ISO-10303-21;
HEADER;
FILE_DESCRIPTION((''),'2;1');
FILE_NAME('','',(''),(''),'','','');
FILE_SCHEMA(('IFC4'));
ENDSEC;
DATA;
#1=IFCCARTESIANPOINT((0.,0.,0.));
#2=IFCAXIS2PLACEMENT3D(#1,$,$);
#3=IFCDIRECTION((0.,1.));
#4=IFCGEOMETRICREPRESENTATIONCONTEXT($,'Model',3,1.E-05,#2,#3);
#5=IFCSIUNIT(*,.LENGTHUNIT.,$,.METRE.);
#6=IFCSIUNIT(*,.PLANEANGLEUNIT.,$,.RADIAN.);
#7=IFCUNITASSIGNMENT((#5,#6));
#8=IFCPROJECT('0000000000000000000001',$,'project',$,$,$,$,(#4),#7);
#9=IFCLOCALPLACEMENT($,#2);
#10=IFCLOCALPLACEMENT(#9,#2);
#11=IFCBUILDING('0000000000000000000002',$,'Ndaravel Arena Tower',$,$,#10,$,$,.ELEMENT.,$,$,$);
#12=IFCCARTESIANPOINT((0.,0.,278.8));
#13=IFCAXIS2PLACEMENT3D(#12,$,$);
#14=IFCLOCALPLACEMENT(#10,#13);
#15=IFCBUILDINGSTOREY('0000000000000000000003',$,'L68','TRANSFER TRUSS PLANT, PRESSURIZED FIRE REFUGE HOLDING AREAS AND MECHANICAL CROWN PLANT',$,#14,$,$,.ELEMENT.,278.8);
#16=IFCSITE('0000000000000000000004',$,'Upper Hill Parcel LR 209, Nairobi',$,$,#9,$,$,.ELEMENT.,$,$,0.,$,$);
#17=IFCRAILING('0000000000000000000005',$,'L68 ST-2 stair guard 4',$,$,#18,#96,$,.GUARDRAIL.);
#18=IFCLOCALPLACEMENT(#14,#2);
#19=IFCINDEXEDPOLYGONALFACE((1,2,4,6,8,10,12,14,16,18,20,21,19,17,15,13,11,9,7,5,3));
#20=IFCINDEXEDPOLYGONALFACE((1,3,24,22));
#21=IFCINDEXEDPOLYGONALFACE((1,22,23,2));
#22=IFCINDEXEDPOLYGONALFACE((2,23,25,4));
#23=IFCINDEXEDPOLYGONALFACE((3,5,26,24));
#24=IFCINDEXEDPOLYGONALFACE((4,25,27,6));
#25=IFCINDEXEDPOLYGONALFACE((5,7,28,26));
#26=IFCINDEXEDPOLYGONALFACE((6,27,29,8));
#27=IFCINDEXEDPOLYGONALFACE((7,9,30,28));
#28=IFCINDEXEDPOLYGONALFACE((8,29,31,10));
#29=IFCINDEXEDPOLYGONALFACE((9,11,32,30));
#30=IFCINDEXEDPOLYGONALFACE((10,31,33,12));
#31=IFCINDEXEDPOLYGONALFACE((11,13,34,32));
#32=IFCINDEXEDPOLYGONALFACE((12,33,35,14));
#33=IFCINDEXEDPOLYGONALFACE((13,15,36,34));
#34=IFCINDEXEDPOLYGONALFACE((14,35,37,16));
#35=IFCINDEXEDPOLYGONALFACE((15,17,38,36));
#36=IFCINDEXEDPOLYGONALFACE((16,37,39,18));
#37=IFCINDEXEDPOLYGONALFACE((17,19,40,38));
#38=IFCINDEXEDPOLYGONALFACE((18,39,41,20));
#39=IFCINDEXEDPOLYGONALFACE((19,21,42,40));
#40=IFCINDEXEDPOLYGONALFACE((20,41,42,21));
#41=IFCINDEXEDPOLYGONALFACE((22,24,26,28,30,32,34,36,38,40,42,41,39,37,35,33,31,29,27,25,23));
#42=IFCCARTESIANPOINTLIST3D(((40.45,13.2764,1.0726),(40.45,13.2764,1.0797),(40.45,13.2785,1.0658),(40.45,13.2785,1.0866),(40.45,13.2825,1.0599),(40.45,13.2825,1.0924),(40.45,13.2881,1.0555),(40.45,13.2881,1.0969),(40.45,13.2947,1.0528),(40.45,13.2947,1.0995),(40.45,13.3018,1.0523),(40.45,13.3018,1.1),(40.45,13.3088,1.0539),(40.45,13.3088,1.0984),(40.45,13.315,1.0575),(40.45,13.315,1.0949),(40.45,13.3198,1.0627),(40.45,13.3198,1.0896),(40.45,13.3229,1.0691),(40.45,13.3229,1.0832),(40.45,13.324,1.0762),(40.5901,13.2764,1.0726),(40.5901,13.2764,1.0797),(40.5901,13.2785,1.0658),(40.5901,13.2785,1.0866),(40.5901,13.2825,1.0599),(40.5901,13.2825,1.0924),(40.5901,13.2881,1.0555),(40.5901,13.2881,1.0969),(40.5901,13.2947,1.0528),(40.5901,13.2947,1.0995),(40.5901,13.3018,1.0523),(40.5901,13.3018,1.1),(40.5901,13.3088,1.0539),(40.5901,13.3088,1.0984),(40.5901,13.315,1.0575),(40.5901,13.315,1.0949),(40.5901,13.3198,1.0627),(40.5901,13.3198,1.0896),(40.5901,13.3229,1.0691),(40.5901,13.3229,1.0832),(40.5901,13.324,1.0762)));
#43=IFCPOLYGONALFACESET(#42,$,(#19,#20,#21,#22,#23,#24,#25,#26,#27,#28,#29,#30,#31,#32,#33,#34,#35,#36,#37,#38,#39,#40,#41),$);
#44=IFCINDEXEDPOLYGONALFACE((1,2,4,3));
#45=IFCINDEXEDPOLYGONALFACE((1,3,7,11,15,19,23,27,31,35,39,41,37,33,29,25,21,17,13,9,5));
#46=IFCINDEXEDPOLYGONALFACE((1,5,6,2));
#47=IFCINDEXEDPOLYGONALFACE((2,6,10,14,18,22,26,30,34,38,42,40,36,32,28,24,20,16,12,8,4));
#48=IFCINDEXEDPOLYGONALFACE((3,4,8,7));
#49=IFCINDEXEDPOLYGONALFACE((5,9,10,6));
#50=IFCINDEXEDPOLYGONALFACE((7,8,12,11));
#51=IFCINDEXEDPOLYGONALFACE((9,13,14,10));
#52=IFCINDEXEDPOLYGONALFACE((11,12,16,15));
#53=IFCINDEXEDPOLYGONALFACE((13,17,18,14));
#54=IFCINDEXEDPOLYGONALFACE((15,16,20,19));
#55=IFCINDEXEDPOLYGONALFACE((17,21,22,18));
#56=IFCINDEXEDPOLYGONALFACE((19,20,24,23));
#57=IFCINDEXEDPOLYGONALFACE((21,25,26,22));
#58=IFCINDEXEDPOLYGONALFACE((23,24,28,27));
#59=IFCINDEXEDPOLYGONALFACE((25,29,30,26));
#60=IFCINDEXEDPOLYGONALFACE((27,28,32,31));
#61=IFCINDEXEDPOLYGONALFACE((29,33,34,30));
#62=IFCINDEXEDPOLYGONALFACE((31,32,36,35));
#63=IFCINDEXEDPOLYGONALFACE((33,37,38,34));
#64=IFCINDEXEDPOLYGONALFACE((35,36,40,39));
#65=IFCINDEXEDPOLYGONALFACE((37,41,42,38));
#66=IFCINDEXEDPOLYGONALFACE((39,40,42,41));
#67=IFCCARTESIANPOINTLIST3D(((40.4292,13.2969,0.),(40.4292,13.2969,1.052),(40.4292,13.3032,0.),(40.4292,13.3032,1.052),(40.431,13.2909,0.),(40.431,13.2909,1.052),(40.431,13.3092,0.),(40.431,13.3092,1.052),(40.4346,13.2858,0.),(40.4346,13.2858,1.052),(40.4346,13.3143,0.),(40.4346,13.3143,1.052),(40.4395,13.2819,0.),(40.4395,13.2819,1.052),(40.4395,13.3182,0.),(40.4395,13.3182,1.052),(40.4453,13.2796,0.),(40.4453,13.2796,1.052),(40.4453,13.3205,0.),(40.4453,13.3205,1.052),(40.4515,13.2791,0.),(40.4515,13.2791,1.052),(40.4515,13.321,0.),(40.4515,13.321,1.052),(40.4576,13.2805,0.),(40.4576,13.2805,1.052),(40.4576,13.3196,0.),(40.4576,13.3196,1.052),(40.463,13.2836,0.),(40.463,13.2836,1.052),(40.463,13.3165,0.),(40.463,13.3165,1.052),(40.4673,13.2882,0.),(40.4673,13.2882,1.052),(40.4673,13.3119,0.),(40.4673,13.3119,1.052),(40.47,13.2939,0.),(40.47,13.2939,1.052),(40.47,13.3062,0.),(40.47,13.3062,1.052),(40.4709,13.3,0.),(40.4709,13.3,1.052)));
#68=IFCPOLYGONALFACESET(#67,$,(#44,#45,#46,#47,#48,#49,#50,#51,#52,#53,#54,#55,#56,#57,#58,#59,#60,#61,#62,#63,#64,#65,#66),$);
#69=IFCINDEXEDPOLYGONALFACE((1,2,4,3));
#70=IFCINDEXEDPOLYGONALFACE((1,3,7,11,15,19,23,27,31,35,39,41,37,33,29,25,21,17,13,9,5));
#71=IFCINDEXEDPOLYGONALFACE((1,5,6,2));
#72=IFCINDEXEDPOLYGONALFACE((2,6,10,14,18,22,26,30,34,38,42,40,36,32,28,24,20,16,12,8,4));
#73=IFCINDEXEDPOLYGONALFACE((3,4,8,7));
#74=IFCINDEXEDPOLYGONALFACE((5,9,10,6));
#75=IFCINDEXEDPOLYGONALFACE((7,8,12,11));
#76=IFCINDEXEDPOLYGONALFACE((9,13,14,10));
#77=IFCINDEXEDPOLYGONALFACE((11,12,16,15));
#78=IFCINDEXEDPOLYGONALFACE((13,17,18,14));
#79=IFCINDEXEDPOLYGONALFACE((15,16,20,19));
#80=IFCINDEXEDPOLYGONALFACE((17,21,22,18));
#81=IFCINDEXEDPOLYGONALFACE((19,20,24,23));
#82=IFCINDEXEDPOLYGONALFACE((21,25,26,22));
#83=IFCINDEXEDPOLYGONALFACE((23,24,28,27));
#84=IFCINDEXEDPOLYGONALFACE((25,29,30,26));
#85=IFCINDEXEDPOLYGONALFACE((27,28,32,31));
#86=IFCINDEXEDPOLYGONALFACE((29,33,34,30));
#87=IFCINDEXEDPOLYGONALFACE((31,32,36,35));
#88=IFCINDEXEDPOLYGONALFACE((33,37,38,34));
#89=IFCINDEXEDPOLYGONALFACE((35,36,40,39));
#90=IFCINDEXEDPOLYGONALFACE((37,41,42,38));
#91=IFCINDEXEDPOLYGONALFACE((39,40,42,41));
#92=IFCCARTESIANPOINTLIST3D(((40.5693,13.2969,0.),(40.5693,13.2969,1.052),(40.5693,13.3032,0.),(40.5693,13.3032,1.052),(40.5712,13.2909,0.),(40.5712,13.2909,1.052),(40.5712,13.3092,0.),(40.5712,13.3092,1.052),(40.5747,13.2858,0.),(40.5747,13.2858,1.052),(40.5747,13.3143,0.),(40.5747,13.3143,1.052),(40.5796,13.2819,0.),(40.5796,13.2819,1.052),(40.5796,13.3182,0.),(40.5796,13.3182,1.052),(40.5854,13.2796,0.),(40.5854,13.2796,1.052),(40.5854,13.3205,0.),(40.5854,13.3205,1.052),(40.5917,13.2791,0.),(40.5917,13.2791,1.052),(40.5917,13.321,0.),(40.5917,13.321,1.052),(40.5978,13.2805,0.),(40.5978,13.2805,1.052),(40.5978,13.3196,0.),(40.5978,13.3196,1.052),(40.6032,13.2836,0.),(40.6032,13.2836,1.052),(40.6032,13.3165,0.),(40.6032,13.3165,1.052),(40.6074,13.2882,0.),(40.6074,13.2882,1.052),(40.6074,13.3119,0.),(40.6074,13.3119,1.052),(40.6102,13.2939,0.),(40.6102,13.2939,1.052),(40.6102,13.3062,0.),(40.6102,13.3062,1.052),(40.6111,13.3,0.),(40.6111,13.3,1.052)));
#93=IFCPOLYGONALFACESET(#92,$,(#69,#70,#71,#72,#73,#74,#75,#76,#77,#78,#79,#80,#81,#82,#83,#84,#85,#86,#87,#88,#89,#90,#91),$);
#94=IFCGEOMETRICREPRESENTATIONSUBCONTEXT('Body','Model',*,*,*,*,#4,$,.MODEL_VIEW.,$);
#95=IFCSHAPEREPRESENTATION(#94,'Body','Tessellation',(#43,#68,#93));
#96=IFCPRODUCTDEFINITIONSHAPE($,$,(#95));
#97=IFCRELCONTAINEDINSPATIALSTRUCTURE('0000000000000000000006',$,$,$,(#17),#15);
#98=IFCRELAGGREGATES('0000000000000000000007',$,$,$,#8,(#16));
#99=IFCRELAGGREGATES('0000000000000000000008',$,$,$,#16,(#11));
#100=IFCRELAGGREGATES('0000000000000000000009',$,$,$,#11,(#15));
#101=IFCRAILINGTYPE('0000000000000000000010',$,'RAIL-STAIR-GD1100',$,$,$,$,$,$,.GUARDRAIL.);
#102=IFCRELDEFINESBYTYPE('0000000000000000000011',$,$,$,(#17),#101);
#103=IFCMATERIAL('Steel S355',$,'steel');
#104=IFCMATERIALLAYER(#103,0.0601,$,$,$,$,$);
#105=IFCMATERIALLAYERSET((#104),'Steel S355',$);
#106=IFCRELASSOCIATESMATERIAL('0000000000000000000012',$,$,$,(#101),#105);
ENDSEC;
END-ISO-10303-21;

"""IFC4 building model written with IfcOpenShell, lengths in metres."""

from ifc_helpers import new_model, si_unit, direction, frame, origin, origin_2d, place, context, subcontext, project, spatial, circle, extrude, material, layer, layer_set, type_object, element, save


model = new_model("IFC4")

# Units and contexts
model_context = context("Model", 3, precision=1e-05, world=origin(), true_north=direction((0.0, 1.0)))
body_context = subcontext(model_context, "Body", "Model", "MODEL_VIEW")
ifc_project = project(units=[si_unit("LENGTHUNIT", "METRE"), si_unit("PLANEANGLEUNIT", "RADIAN")], contexts=[model_context])

# Site, building, storey
site_placement = place(None, origin())
site = spatial("IfcSite", under=ifc_project, at=site_placement, Name="Upper Hill Parcel LR 209, Nairobi", CompositionType="ELEMENT", RefElevation=0.0)
building_placement = place(site_placement, origin())
building = spatial("IfcBuilding", under=site, at=building_placement, Name="Ndaravel Arena Tower", CompositionType="ELEMENT")
storey_placement = place(building_placement, frame((0.0, 0.0, 278.8)))
storey = spatial("IfcBuildingStorey", under=building, at=storey_placement, Name="L68", Description="TRANSFER TRUSS PLANT, PRESSURIZED FIRE REFUGE HOLDING AREAS AND MECHANICAL CROWN PLANT", CompositionType="ELEMENT", Elevation=278.8)

# Railing
ifc_material_1 = material(Name="Steel S355", Category="steel")
ifc_layer_1 = layer(ifc_material_1, 0.0601)
ifc_layer_set_1 = layer_set([ifc_layer_1], Name="Steel S355")
railing_type_1 = type_object("IfcRailingType", Name="RAIL-STAIR-GD1100", PredefinedType="GUARDRAIL", material=ifc_layer_set_1)
railing_1_placement = place(storey_placement, frame((40.45, 13.3, 0.0)))
element("IfcRailing", 1, at=railing_1_placement, inside=storey, type_object=railing_type_1, Name="L68 ST-2 stair guard 4", PredefinedType="GUARDRAIL", context=body_context, shape_type="SweptSolid", body=[
    extrude(circle(Radius=0.0239, at=origin_2d()), frame((0.0, 0.0, 1.0762), z_axis=(1.0, 0.0, 0.0), x_axis=(0.0, 1.0, 0.0)), (0.0, 0.0, 1.0), 0.1401),
    extrude(circle(Radius=0.021, at=origin_2d()), origin(), (0.0, 0.0, 1.0), 1.052),
    extrude(circle(Radius=0.021, at=origin_2d()), frame((0.1401, 0.0, 0.0)), (0.0, 0.0, 1.0), 1.052),
])

save(model, "model.ifc")
